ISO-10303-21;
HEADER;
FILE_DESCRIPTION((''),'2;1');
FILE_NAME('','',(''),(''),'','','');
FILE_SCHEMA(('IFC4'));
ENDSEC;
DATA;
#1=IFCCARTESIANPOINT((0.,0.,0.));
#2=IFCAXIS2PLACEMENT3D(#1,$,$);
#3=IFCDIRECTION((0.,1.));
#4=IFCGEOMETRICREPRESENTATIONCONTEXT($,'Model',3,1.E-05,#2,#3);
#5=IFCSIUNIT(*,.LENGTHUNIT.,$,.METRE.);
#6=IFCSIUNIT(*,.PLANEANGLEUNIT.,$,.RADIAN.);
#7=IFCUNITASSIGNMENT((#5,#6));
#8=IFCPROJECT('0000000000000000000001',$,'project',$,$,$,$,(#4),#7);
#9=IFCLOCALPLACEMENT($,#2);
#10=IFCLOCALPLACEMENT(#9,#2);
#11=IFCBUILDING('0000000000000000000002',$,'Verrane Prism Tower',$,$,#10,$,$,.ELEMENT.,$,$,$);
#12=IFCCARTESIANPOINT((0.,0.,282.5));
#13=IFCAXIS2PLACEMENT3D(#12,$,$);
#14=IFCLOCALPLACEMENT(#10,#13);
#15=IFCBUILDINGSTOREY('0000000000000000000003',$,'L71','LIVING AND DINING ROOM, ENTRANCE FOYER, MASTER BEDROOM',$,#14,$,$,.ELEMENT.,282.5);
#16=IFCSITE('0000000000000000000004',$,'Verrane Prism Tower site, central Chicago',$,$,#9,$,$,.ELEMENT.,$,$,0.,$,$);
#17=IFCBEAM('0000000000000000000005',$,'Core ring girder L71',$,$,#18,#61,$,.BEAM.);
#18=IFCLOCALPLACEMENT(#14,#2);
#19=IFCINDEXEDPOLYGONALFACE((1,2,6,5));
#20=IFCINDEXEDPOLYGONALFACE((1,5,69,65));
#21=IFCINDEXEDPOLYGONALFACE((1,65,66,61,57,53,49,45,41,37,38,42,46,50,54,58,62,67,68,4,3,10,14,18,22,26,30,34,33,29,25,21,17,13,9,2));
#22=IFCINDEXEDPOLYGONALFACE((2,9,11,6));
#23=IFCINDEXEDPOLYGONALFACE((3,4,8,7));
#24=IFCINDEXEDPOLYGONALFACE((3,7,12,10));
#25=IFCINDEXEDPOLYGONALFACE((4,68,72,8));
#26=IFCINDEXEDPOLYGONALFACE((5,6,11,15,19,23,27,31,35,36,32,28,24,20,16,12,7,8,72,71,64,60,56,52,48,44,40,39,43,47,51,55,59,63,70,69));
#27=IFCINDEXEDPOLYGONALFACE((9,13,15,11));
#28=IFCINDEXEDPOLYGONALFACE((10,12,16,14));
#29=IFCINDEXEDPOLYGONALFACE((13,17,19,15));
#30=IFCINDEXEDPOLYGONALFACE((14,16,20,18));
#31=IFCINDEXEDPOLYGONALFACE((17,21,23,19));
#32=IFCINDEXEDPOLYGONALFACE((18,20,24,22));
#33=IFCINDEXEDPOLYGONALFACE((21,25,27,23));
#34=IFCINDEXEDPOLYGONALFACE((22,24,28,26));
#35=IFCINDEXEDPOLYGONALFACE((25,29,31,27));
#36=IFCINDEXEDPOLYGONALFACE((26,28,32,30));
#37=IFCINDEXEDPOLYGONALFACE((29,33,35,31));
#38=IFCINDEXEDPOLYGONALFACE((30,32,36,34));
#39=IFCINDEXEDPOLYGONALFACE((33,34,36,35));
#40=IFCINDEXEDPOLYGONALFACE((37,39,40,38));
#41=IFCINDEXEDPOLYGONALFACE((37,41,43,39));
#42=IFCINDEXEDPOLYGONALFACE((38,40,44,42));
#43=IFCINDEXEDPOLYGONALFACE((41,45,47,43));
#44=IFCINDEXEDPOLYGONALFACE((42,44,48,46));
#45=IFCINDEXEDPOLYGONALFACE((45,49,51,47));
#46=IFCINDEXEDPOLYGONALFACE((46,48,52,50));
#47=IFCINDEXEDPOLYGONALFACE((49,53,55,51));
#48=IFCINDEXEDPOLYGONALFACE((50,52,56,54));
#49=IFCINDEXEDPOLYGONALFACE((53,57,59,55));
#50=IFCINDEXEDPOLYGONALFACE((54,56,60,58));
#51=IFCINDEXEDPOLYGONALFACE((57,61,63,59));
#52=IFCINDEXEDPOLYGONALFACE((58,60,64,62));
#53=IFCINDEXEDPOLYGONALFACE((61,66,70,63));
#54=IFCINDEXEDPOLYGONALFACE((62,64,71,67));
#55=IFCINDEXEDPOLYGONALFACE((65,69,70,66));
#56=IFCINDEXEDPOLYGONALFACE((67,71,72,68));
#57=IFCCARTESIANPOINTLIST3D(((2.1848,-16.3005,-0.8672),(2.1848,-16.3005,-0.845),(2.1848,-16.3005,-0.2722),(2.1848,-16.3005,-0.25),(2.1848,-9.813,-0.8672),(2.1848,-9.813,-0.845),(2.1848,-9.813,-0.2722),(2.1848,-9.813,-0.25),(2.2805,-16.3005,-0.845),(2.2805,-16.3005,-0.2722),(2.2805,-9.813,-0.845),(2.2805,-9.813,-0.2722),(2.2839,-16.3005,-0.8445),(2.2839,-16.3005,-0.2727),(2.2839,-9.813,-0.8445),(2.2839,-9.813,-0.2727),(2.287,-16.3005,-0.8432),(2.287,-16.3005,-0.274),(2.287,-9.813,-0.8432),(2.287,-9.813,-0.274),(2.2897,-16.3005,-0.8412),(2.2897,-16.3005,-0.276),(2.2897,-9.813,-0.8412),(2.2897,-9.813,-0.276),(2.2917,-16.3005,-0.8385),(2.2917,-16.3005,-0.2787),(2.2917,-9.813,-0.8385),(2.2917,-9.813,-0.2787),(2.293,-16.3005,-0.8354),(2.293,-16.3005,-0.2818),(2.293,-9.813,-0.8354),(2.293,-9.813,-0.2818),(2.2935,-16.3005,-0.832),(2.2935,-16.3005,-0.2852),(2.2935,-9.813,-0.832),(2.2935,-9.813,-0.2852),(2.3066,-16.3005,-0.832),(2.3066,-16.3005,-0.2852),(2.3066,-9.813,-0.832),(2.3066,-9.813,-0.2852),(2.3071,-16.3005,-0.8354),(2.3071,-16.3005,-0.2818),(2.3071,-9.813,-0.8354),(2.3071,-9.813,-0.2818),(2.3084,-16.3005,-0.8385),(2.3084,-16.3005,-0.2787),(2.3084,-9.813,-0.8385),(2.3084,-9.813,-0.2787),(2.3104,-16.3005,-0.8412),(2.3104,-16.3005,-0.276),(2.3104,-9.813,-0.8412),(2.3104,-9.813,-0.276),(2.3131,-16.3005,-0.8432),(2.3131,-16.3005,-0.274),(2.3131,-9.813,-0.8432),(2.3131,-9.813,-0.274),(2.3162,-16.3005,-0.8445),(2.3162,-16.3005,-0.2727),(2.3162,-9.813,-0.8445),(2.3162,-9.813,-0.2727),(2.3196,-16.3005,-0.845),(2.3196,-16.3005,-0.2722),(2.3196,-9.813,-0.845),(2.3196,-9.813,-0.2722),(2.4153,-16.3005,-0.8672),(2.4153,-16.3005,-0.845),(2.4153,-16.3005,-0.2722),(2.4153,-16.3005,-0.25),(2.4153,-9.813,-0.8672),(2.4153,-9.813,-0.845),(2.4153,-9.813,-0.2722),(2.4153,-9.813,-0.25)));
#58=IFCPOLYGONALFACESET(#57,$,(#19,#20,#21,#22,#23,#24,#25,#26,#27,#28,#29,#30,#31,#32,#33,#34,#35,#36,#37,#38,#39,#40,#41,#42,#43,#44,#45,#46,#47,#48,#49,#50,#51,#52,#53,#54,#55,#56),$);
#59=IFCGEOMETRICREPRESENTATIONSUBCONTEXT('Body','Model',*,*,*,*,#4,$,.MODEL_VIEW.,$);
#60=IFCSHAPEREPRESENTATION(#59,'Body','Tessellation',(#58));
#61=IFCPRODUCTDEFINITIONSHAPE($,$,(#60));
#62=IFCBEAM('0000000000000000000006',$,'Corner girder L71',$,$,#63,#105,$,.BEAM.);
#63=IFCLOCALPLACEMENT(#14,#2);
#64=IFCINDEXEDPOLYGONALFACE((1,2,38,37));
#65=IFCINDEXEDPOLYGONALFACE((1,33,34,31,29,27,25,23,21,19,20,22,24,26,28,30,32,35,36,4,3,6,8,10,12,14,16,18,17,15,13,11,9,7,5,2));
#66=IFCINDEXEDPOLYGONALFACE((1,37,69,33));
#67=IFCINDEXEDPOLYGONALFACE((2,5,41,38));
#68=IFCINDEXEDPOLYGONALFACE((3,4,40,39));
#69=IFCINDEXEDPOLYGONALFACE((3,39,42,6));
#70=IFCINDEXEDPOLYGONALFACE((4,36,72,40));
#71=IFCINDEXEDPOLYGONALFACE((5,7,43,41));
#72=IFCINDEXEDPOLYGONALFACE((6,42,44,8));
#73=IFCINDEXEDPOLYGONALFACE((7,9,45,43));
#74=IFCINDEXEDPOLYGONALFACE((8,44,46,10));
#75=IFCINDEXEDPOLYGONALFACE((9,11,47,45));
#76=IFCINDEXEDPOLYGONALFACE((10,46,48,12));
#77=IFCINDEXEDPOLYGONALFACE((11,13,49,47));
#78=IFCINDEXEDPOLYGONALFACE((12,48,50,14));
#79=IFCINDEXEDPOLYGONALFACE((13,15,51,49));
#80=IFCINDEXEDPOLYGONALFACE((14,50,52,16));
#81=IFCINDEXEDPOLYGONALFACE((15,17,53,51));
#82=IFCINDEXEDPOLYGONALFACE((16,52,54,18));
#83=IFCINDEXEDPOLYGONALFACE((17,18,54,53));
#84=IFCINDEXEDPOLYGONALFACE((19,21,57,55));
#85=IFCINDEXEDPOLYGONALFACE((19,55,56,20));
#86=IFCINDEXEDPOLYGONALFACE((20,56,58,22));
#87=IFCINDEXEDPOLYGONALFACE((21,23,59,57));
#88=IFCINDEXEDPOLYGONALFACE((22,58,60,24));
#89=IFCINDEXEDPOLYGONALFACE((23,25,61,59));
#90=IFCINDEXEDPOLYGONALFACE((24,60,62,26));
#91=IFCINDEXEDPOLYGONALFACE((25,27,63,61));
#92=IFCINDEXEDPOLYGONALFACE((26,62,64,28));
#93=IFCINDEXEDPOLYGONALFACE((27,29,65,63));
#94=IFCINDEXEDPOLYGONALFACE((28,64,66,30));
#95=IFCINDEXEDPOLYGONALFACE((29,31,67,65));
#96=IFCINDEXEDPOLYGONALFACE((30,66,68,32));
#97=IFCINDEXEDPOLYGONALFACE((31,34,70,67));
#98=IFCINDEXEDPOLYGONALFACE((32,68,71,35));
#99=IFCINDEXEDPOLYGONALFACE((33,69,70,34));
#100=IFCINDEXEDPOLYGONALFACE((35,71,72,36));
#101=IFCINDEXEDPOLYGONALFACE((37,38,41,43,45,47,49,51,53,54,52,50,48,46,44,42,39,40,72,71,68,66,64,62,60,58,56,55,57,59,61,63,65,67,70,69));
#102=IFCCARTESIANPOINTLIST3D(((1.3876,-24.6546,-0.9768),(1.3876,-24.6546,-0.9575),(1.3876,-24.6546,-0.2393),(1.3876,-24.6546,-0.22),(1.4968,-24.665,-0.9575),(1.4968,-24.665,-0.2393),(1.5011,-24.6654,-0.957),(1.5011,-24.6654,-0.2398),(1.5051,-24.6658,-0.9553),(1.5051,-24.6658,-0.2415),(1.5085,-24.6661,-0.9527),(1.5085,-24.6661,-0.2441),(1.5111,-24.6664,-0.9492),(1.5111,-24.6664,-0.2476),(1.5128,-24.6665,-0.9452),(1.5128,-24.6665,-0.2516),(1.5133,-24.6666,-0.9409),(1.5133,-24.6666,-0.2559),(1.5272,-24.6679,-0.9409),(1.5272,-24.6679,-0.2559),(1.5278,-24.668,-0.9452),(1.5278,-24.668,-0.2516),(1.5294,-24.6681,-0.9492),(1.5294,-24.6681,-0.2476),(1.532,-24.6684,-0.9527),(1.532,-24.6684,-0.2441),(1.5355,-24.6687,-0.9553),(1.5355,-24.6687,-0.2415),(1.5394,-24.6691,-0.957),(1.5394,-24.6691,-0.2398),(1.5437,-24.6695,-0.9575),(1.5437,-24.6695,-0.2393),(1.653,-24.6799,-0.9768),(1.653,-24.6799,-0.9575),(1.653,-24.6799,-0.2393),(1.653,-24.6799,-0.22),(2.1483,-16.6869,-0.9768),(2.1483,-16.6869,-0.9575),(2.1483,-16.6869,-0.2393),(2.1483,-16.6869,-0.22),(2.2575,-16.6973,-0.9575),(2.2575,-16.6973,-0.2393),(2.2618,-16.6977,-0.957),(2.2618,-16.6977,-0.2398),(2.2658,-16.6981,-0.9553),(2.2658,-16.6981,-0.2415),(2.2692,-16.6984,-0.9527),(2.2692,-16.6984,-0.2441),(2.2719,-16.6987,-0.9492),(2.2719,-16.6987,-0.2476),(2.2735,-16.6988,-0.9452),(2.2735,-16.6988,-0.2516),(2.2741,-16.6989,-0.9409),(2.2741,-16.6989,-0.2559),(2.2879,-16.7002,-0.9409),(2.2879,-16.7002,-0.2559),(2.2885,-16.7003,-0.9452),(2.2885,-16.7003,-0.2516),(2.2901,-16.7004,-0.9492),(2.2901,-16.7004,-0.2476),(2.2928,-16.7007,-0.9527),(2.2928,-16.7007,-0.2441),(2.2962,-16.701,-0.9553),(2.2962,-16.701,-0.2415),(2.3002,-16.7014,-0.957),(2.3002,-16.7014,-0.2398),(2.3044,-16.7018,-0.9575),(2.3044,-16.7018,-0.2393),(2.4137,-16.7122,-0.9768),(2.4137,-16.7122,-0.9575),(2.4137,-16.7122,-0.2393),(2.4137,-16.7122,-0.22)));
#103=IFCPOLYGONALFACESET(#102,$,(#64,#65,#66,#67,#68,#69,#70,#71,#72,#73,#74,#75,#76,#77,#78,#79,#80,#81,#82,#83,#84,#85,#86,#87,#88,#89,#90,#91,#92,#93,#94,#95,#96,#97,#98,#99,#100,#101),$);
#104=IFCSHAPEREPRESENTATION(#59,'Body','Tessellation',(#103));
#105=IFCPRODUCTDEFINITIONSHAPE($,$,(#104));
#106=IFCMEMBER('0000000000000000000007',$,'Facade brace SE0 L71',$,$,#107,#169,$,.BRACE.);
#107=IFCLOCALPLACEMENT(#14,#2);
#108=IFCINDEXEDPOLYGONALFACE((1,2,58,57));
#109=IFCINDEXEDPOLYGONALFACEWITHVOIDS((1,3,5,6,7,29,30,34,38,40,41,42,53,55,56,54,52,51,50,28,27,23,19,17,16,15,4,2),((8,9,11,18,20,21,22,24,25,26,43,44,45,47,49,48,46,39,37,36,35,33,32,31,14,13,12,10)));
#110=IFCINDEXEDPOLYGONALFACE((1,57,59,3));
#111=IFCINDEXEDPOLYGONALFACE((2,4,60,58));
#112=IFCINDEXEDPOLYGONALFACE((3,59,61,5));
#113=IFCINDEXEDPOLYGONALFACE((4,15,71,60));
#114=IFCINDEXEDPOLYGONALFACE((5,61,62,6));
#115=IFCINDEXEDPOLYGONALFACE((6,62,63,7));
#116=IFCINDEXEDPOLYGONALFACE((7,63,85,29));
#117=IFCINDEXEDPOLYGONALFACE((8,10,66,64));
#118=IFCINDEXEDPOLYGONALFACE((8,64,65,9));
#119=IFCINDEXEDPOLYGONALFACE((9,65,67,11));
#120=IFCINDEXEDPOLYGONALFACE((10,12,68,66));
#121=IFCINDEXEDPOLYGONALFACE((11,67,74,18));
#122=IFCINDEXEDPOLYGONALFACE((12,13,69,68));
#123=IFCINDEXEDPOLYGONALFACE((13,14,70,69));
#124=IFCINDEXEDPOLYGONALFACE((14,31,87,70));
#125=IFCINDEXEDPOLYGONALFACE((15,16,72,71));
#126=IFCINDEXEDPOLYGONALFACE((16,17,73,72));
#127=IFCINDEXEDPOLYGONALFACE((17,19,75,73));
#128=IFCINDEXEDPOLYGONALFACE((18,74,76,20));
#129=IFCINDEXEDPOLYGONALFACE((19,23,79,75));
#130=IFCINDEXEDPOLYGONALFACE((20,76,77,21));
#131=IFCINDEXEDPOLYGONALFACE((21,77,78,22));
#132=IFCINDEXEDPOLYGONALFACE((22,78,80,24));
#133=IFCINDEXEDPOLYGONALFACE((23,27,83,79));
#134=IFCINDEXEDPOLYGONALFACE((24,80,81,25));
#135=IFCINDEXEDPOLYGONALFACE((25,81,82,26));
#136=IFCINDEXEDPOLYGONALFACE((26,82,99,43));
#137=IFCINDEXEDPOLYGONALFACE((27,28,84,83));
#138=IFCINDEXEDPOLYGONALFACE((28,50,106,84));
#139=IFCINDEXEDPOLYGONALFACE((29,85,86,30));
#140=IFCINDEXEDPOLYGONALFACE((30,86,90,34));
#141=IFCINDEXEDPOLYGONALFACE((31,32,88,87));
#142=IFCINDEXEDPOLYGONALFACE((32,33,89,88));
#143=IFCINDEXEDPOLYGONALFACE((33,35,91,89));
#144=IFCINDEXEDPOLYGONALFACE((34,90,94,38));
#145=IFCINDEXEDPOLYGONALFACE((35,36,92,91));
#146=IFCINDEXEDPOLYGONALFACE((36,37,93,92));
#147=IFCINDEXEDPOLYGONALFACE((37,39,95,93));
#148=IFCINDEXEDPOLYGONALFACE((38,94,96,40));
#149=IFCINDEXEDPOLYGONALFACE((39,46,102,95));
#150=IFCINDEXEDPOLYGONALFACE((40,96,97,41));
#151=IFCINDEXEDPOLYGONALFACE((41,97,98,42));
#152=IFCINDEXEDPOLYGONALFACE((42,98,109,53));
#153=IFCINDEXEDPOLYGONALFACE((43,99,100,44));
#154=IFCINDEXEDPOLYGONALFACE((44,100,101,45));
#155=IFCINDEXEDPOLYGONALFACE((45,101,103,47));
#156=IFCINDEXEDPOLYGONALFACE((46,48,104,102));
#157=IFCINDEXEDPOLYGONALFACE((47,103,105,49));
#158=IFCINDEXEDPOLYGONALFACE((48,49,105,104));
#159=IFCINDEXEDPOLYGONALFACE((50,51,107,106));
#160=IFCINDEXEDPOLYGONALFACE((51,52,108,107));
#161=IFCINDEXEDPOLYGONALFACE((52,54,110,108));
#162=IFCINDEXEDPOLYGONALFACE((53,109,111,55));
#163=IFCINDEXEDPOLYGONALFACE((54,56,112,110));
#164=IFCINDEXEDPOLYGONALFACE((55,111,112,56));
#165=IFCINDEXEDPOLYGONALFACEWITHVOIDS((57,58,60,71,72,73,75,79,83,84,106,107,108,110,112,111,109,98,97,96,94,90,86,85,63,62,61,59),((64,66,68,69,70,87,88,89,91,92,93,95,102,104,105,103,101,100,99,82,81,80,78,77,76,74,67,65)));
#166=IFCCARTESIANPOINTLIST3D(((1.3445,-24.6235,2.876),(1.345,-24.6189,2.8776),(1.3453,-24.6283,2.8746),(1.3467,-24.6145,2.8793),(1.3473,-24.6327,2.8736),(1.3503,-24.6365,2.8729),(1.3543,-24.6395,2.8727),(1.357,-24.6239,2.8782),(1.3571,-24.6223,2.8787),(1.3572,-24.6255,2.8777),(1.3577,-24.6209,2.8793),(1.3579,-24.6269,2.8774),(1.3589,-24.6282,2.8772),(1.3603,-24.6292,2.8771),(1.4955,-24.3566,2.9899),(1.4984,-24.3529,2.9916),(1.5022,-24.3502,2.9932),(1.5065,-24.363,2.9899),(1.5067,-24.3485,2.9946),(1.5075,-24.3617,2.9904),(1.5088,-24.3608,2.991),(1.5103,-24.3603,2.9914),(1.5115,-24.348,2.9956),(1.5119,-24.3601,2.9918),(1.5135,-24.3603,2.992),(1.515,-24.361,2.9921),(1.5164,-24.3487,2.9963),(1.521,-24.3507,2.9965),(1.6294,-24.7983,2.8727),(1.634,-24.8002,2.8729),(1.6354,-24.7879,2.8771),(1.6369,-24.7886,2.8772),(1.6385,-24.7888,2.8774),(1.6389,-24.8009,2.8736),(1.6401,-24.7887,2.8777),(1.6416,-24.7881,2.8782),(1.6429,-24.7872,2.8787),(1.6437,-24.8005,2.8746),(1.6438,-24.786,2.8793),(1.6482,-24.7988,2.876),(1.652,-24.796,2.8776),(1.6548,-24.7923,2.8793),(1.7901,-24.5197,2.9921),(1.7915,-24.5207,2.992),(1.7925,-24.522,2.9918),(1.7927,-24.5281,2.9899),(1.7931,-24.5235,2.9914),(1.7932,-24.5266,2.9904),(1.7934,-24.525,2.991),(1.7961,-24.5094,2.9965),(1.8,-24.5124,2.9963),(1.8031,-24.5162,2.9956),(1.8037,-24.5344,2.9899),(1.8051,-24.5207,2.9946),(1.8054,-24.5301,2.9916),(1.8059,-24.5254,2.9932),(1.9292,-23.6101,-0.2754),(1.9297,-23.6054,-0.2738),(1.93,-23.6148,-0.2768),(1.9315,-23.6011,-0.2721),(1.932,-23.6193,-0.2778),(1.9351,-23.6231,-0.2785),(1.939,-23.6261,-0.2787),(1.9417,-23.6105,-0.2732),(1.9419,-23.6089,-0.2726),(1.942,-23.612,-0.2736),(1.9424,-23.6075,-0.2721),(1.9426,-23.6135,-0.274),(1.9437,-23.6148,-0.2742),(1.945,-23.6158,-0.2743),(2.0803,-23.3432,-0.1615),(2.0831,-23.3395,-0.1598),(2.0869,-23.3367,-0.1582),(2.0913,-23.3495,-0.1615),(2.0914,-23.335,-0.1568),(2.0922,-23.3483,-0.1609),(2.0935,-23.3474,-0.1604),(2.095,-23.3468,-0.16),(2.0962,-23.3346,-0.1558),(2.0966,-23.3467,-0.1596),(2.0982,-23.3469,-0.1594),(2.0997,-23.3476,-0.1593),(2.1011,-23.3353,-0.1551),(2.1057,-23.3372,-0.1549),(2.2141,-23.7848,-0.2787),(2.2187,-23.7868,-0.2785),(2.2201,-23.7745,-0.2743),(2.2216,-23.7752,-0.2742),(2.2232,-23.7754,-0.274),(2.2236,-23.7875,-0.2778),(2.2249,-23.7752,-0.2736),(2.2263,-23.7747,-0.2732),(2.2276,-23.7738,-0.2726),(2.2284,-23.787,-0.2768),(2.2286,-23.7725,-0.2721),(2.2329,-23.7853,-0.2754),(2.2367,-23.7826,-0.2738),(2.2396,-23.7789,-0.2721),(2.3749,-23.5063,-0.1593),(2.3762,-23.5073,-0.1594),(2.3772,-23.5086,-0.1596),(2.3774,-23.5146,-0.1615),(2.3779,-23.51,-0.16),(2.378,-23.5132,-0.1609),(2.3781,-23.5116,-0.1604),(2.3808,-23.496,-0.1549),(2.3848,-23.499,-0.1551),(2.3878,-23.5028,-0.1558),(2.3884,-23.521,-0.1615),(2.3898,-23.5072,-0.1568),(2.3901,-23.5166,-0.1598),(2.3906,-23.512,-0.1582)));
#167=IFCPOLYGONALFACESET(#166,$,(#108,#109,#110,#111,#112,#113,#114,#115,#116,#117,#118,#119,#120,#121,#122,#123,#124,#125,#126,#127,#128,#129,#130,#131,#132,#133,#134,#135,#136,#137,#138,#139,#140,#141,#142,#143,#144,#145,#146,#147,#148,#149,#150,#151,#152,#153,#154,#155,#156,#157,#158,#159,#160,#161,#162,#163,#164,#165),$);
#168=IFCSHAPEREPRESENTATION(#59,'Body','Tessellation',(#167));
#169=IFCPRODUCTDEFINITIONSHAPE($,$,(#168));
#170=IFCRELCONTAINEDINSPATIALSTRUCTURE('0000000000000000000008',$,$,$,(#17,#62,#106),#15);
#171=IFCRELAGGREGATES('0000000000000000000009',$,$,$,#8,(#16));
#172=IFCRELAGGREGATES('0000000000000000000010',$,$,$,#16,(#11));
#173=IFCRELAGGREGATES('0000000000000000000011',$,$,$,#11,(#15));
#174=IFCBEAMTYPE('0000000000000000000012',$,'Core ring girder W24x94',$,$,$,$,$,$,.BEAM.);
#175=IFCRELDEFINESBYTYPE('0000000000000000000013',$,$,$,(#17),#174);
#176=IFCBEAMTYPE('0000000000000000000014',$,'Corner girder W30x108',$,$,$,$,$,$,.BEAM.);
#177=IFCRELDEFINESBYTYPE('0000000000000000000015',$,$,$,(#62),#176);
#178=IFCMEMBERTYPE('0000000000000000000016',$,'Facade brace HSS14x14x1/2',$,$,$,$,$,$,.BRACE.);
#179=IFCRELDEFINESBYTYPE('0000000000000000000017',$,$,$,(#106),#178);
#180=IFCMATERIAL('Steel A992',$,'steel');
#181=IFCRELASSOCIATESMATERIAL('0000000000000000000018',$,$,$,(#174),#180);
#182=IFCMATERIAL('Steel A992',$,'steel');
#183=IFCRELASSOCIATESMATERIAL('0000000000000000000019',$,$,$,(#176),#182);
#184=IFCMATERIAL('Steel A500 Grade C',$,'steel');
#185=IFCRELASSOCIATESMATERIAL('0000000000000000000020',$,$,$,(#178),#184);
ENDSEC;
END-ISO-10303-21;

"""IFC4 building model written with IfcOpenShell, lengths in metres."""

from ifc_helpers import new_model, si_unit, direction, frame, origin, origin_2d, place, context, subcontext, project, spatial, hollow_rectangle, i_section, extrude, material, material_profile, profile_set, type_object, element, save


model = new_model("IFC4")

# Units and contexts
model_context = context("Model", 3, precision=1e-05, world=origin(), true_north=direction((0.0, 1.0)))
body_context = subcontext(model_context, "Body", "Model", "MODEL_VIEW")
ifc_project = project(units=[si_unit("LENGTHUNIT", "METRE"), si_unit("PLANEANGLEUNIT", "RADIAN")], contexts=[model_context])

# Site, building, storey
site_placement = place(None, origin())
site = spatial("IfcSite", under=ifc_project, at=site_placement, Name="Verrane Prism Tower site, central Chicago", CompositionType="ELEMENT", RefElevation=0.0)
building_placement = place(site_placement, origin())
building = spatial("IfcBuilding", under=site, at=building_placement, Name="Verrane Prism Tower", CompositionType="ELEMENT")
storey_placement = place(building_placement, frame((0.0, 0.0, 282.5)))
storey = spatial("IfcBuildingStorey", under=building, at=storey_placement, Name="L71", Description="LIVING AND DINING ROOM, ENTRANCE FOYER, MASTER BEDROOM", CompositionType="ELEMENT", Elevation=282.5)

# Beams
ifc_material_1 = material(Name="Steel A992", Category="steel")
ifc_material_profile_1 = material_profile(ifc_material_1, i_section(OverallWidth=0.2305, OverallDepth=0.6172, WebThickness=0.0132, FlangeThickness=0.0222, FilletRadius=0.0129, at=origin_2d()), Name="W24x94")
ifc_profile_set_1 = profile_set([ifc_material_profile_1], Name="Steel A992")
beam_type_1 = type_object("IfcBeamType", Name="Core ring girder W24x94", PredefinedType="BEAM", material=ifc_profile_set_1)
beam_1_placement = place(storey_placement, frame((2.3, -16.3005, -0.5586), z_axis=(0.0, 1.0, 0.0), x_axis=(-1.0, 0.0, 0.0)))
element("IfcBeam", 1, at=beam_1_placement, inside=storey, type_object=beam_type_1, Name="Core ring girder L71", PredefinedType="BEAM", context=body_context, shape_type="SweptSolid", body=[
    extrude(i_section(OverallWidth=0.2305, OverallDepth=0.6172, WebThickness=0.0132, FlangeThickness=0.0222, FilletRadius=0.0129, at=origin_2d()), origin(), (0.0, 0.0, 1.0), 6.4875),
])
ifc_material_2 = material(Name="Steel A992", Category="steel")
ifc_material_profile_2 = material_profile(ifc_material_2, i_section(OverallWidth=0.2666, OverallDepth=0.7568, WebThickness=0.0139, FlangeThickness=0.0193, FilletRadius=0.0166, at=origin_2d()), Name="W30x108")
ifc_profile_set_2 = profile_set([ifc_material_profile_2], Name="Steel A992")
beam_type_2 = type_object("IfcBeamType", Name="Corner girder W30x108", PredefinedType="BEAM", material=ifc_profile_set_2)
beam_2_placement = place(storey_placement, frame((1.5203, -24.6672, -0.5984), z_axis=(0.095045, 0.995473, 0.0), x_axis=(-0.995473, 0.095045, 0.0)))
element("IfcBeam", 2, at=beam_2_placement, inside=storey, type_object=beam_type_2, Name="Corner girder L71", PredefinedType="BEAM", context=body_context, shape_type="SweptSolid", body=[
    extrude(i_section(OverallWidth=0.2666, OverallDepth=0.7568, WebThickness=0.0139, FlangeThickness=0.0193, FilletRadius=0.0166, at=origin_2d()), origin(), (0.0, 0.0, 1.0), 8.0039),
])

# Member
ifc_material_3 = material(Name="Steel A500 Grade C", Category="steel")
ifc_material_profile_3 = material_profile(ifc_material_3, hollow_rectangle(XDim=0.3557, YDim=0.3557, WallThickness=0.0127, InnerFilletRadius=0.0063, OuterFilletRadius=0.019, at=origin_2d()), Name="HSS14x14x1/2")
ifc_profile_set_3 = profile_set([ifc_material_profile_3], Name="Steel A500 Grade C")
member_type_1 = type_object("IfcMemberType", Name="Facade brace HSS14x14x1/2", PredefinedType="BRACE", material=ifc_profile_set_3)
member_1_placement = place(storey_placement, frame((2.1599, -23.561, -0.2168), z_axis=(-0.173942, -0.301476, 0.937473), x_axis=(0.866168, -0.499753, 0.0)))
element("IfcMember", 3, at=member_1_placement, inside=storey, type_object=member_type_1, Name="Facade brace SE0 L71", PredefinedType="BRACE", context=body_context, shape_type="SweptSolid", body=[
    extrude(hollow_rectangle(XDim=0.3557, YDim=0.3557, WallThickness=0.0127, InnerFilletRadius=0.0063, OuterFilletRadius=0.019, at=origin_2d()), origin(), (0.0, 0.0, 1.0), 3.3616),
])

save(model, "model.ifc")
